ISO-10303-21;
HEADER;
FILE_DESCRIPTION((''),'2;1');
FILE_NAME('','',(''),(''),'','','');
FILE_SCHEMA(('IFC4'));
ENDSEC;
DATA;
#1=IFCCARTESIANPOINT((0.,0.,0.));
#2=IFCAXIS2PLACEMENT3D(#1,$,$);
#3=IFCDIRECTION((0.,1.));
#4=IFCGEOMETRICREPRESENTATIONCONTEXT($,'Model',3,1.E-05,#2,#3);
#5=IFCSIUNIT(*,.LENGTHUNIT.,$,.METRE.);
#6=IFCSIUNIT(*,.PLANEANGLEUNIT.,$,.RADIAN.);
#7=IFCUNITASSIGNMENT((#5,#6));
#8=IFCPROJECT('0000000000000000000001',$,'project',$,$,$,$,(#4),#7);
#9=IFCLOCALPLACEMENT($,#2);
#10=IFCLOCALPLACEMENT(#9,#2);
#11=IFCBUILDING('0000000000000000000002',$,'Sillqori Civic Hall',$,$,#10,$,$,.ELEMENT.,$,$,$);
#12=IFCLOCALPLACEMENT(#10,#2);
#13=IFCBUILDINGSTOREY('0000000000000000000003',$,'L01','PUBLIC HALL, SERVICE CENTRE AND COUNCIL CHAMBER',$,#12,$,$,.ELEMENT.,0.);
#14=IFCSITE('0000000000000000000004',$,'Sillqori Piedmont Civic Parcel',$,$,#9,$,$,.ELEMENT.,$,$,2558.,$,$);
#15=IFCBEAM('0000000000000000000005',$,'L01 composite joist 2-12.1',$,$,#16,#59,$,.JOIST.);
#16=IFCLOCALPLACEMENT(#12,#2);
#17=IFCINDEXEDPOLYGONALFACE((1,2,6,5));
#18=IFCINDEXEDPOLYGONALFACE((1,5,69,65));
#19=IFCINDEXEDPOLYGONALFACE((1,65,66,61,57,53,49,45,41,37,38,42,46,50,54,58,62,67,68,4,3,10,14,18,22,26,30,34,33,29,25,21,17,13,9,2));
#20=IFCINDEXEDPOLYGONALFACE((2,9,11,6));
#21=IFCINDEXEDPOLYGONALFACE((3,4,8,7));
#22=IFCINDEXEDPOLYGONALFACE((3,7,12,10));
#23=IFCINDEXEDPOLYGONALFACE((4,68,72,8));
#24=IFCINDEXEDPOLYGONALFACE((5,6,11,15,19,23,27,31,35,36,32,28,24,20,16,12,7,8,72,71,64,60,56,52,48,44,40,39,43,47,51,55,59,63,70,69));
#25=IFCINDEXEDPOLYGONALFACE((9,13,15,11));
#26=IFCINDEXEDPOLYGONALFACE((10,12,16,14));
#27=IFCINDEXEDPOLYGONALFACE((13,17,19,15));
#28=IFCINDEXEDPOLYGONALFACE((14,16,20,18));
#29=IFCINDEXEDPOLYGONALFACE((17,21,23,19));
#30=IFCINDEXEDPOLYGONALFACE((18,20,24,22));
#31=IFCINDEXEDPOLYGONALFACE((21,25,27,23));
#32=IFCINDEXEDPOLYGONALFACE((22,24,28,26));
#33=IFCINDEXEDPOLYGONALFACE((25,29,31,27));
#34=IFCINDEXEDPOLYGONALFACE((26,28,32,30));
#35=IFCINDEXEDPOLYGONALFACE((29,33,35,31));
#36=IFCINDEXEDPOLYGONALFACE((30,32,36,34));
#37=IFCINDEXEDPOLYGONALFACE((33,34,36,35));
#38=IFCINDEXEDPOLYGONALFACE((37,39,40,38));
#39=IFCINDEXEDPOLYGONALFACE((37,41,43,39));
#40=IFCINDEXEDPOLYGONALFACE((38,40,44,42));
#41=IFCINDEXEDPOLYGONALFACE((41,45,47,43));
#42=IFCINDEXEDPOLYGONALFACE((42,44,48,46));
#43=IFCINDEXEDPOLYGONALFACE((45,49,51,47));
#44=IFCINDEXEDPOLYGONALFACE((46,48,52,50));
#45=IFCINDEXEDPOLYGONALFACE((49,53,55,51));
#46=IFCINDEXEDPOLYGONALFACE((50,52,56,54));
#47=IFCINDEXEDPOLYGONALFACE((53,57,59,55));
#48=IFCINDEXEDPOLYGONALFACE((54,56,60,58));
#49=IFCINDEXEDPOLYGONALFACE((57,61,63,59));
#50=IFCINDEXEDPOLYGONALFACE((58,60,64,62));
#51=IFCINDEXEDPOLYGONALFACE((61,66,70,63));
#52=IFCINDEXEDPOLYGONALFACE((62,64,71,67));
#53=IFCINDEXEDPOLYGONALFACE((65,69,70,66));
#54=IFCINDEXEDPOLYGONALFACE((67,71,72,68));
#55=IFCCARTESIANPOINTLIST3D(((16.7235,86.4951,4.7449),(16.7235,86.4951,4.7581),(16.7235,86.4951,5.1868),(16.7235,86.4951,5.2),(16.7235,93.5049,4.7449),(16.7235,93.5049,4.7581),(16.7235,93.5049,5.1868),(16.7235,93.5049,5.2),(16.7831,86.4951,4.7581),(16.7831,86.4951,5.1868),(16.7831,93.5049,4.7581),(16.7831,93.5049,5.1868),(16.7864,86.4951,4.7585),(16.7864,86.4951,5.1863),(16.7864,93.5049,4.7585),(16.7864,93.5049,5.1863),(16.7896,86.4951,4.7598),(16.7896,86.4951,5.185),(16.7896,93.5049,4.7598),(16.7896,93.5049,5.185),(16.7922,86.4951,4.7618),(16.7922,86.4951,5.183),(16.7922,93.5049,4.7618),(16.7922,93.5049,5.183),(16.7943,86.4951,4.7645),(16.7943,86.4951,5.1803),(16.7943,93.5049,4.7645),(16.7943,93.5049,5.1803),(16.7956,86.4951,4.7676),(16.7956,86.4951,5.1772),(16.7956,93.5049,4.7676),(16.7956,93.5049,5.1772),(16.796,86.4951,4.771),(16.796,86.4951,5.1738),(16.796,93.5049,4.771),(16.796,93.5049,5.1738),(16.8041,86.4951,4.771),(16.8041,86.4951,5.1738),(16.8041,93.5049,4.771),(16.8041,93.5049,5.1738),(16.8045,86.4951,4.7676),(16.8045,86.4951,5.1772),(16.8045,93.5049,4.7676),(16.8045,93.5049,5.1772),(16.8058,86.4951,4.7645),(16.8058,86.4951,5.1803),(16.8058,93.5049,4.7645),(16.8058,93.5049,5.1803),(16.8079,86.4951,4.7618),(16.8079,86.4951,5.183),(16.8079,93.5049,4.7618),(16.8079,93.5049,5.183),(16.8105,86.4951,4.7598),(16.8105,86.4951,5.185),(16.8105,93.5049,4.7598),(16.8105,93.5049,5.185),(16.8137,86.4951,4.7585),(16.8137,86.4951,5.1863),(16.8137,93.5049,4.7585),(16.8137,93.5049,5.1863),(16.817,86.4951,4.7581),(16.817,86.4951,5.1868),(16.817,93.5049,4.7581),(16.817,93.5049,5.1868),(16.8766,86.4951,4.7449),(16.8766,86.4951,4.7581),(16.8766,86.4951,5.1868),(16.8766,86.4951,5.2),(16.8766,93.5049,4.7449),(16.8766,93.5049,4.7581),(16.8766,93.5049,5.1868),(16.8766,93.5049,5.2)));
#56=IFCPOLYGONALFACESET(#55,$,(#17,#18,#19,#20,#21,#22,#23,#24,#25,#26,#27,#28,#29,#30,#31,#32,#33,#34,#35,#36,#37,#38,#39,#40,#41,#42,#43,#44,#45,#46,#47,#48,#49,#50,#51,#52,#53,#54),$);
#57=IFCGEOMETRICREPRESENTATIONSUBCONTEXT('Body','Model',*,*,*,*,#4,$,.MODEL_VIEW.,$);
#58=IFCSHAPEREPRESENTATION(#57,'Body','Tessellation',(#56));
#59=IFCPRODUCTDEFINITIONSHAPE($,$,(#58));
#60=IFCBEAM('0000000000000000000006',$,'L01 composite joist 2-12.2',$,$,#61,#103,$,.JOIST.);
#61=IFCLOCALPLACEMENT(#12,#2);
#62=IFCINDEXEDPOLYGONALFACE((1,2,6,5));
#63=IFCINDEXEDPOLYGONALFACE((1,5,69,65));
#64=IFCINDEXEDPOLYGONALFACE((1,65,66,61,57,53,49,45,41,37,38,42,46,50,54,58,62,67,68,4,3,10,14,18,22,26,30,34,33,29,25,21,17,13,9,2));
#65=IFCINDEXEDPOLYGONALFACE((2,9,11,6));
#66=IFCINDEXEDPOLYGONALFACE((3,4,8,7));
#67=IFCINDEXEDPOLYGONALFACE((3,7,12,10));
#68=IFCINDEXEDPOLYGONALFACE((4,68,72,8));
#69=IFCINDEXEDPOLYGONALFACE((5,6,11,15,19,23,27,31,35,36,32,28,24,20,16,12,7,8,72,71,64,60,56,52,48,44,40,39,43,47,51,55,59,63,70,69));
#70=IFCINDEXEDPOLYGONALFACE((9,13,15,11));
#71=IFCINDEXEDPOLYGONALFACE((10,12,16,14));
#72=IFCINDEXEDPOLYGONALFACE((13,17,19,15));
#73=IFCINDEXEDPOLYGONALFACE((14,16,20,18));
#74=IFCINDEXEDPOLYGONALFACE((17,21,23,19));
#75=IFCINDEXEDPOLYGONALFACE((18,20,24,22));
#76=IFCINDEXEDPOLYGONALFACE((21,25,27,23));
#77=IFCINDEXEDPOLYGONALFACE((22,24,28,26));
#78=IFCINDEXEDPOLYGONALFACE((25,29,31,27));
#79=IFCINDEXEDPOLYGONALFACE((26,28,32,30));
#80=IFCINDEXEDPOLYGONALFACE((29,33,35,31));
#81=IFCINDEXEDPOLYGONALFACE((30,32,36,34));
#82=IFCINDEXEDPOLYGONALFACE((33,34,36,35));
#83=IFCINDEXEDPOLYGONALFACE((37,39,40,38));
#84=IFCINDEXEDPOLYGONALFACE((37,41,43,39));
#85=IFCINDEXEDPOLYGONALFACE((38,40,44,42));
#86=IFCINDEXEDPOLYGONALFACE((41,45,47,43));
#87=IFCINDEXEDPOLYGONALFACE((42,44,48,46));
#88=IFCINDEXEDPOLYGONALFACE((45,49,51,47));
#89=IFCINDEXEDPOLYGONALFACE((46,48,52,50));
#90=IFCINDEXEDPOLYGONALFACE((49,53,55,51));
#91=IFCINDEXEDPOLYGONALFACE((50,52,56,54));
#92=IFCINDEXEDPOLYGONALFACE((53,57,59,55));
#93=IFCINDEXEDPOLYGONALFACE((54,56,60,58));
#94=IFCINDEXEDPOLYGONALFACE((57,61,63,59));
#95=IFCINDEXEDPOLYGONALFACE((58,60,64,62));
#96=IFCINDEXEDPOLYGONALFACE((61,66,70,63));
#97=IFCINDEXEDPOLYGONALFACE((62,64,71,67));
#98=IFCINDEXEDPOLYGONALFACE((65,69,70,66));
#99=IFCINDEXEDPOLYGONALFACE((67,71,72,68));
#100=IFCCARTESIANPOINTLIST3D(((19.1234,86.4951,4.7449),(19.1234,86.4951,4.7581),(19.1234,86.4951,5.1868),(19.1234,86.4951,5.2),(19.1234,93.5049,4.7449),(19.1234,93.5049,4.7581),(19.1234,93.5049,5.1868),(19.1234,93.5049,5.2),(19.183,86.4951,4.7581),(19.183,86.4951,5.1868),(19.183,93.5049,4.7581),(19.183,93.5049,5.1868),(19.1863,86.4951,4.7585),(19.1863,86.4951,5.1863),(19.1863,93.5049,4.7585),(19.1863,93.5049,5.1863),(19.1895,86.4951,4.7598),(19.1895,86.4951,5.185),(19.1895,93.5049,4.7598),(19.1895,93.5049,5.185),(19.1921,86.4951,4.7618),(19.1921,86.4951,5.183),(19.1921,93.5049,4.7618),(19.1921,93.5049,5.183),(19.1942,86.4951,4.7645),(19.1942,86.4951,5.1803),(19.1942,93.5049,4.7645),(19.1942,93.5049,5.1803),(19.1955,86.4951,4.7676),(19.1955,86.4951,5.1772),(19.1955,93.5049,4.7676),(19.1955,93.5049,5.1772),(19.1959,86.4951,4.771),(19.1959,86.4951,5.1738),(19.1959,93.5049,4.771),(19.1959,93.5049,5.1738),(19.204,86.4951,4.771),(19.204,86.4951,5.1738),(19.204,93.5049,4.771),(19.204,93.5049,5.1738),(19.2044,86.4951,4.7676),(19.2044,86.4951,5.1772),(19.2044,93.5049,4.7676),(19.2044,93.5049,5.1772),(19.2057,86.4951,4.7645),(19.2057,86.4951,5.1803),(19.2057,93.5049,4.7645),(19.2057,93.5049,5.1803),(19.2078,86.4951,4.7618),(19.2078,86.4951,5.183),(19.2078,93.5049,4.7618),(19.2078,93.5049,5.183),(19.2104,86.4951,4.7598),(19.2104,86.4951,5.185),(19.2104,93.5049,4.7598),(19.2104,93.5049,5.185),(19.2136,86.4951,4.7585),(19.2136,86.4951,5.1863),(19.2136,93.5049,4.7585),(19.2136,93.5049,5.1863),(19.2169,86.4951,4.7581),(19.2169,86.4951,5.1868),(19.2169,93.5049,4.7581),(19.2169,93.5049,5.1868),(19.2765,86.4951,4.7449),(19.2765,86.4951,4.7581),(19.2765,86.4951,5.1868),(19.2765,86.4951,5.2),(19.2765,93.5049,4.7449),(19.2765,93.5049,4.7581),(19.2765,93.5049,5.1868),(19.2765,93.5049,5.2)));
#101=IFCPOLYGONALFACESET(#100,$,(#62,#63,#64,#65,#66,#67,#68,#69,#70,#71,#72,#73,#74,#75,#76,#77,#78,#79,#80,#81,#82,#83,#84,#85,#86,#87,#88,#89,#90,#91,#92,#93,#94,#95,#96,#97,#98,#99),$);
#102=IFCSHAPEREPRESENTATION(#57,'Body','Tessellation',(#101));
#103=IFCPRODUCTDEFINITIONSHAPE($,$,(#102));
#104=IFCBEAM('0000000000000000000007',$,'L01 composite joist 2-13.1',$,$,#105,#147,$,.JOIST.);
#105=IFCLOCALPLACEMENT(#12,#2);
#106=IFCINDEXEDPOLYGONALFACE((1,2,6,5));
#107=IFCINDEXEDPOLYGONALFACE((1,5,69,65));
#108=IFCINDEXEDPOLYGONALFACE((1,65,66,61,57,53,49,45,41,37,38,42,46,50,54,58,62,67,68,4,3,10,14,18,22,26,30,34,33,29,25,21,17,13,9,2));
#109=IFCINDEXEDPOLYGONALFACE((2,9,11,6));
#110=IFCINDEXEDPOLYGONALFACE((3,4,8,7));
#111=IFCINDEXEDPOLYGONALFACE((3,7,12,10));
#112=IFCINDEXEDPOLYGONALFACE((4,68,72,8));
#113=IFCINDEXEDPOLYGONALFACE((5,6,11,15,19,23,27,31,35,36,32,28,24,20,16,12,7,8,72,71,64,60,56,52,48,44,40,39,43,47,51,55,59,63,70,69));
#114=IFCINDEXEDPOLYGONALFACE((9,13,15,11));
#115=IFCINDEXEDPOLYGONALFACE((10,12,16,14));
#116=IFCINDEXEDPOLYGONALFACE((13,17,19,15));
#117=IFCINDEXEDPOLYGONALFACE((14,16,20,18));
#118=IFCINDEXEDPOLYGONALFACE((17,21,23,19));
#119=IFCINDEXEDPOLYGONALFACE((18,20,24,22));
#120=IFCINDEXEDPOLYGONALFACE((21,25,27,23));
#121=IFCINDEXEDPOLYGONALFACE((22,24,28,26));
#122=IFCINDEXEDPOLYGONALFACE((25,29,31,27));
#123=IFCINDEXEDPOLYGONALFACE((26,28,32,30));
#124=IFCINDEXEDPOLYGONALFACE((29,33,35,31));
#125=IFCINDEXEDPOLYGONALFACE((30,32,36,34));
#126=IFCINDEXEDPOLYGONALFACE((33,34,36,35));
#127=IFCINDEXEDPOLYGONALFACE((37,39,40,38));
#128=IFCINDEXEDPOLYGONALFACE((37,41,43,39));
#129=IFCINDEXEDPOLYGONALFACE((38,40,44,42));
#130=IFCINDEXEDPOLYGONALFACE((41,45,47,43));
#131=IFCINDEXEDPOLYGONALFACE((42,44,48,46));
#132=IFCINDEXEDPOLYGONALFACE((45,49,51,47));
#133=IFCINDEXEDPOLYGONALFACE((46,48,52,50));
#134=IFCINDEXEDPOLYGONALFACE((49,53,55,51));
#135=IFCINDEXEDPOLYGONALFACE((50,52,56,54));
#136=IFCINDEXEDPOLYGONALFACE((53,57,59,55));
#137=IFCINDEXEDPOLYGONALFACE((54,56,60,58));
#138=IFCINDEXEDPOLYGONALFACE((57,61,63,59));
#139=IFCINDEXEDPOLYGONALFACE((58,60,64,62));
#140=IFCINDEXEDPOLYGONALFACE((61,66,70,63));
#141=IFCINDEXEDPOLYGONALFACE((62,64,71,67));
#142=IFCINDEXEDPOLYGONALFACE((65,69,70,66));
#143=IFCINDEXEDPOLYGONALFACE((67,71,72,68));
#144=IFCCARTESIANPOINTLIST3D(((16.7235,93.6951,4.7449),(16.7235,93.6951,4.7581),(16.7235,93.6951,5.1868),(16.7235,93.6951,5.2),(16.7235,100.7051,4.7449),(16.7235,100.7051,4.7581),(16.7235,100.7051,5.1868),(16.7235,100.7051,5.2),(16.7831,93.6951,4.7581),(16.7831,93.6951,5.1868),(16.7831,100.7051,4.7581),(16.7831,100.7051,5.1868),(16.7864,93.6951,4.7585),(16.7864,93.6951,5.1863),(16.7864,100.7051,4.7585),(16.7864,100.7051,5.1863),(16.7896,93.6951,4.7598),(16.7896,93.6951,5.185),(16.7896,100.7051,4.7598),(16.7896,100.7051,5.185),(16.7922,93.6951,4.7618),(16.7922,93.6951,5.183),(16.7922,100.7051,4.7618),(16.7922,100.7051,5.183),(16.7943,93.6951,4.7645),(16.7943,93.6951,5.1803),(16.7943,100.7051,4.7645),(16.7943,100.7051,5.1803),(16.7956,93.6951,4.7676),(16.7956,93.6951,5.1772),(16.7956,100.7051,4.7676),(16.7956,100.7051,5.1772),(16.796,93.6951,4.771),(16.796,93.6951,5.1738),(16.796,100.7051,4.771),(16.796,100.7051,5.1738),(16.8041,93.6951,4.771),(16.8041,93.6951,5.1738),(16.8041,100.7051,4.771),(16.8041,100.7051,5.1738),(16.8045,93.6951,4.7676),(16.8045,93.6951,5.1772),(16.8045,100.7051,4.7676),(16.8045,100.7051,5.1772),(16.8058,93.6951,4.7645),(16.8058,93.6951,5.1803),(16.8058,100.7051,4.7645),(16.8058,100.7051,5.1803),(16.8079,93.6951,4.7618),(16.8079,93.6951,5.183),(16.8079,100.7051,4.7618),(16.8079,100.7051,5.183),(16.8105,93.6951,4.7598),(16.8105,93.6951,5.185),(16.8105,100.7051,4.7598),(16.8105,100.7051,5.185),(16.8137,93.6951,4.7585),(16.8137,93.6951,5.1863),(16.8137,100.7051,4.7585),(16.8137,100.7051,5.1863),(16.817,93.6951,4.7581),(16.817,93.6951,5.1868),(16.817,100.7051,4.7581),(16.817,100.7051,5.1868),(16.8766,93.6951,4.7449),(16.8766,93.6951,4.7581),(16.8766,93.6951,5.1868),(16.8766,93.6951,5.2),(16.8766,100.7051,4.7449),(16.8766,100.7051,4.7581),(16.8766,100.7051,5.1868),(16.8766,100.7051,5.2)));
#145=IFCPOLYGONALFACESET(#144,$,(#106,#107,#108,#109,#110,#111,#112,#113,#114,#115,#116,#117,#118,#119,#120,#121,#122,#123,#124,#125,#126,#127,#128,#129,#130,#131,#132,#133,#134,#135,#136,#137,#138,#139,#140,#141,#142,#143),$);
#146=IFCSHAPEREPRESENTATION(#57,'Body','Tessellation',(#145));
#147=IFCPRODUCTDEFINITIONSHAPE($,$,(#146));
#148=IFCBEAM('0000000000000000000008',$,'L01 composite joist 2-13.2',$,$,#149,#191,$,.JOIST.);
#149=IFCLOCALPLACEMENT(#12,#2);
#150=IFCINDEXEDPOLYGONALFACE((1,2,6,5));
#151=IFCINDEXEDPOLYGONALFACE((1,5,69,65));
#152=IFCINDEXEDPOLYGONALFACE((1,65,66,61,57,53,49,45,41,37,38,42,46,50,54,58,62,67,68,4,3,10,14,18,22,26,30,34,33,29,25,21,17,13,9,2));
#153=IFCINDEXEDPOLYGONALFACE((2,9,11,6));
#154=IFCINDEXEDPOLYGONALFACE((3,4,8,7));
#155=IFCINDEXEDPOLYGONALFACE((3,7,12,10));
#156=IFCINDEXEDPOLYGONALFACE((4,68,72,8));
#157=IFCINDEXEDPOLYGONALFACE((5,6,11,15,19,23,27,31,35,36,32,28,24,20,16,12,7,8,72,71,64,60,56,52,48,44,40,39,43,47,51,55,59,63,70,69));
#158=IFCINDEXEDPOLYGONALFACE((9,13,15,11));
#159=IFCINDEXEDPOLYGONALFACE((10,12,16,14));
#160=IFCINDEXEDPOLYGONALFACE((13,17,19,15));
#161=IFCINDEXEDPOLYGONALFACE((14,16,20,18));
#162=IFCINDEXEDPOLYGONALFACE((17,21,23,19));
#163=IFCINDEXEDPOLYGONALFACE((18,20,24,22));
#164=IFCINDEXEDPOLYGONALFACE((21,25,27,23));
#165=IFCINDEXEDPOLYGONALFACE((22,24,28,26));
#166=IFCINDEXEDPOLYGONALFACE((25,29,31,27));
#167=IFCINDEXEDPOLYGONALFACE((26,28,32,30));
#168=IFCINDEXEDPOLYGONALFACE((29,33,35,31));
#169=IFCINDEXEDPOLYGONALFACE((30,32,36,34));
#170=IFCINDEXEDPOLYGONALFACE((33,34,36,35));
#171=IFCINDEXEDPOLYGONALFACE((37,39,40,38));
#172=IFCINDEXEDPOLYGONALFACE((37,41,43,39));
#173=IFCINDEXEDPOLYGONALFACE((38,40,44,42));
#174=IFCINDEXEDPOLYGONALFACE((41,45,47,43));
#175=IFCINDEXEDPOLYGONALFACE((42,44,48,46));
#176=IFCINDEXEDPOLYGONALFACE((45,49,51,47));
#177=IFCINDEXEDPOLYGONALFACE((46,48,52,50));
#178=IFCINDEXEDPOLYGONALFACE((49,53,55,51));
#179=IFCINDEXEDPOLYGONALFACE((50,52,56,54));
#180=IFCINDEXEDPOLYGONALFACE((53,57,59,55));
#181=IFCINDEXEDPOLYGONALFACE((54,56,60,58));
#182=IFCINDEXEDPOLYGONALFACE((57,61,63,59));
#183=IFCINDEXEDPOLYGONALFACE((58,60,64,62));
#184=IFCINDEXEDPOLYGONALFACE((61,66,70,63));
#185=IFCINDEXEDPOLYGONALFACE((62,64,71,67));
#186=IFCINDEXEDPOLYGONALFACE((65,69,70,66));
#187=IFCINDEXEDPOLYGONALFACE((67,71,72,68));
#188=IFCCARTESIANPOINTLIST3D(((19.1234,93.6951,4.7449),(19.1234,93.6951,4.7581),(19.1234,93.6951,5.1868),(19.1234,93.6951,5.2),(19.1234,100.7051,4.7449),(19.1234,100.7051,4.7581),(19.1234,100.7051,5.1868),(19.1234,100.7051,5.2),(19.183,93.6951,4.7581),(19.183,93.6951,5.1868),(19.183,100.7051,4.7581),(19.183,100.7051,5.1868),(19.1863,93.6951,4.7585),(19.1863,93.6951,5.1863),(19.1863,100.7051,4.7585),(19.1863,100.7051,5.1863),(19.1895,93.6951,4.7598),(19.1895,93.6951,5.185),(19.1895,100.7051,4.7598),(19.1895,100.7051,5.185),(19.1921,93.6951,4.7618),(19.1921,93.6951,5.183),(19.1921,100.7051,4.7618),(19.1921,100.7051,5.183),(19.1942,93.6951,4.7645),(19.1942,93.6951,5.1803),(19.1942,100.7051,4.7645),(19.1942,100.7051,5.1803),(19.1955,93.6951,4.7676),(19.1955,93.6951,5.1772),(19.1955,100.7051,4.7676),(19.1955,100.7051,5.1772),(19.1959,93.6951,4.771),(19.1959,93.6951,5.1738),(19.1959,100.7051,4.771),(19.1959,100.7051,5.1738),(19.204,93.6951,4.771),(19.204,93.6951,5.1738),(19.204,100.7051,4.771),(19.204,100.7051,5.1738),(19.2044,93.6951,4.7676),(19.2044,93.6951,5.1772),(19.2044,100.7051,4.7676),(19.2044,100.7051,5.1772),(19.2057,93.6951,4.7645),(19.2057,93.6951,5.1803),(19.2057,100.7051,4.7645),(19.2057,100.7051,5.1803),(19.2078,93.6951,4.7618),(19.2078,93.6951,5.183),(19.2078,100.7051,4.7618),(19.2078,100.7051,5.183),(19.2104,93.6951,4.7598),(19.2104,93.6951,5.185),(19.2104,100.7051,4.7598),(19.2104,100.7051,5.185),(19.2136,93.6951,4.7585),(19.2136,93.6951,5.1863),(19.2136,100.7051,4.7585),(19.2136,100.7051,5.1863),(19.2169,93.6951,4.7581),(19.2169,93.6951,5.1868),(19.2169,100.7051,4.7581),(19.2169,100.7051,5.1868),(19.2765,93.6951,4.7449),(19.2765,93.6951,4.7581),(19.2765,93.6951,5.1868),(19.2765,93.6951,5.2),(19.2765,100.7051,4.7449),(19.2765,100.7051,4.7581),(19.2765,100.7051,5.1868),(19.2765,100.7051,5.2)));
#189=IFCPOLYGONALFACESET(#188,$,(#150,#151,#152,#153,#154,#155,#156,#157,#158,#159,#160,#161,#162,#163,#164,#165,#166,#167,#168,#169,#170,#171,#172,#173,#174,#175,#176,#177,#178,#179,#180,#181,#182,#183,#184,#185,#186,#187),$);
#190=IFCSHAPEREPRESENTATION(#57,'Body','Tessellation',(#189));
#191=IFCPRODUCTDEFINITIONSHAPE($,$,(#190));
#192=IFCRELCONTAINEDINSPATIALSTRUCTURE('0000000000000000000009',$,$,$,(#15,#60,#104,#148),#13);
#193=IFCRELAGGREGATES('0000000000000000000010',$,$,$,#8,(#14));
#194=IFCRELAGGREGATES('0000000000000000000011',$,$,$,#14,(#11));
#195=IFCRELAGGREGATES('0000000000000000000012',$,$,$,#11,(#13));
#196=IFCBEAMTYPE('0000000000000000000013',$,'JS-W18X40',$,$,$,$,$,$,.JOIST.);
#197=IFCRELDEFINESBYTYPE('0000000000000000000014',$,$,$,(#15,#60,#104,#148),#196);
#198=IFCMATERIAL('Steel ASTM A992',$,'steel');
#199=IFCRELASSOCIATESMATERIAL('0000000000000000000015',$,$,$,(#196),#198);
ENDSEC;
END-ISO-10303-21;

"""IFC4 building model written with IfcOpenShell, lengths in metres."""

from ifc_helpers import new_model, si_unit, direction, frame, origin, origin_2d, place, context, subcontext, project, spatial, i_section, extrude, material, material_profile, profile_set, type_object, element, save


model = new_model("IFC4")

# Units and contexts
model_context = context("Model", 3, precision=1e-05, world=origin(), true_north=direction((0.0, 1.0)))
body_context = subcontext(model_context, "Body", "Model", "MODEL_VIEW")
ifc_project = project(units=[si_unit("LENGTHUNIT", "METRE"), si_unit("PLANEANGLEUNIT", "RADIAN")], contexts=[model_context])

# Site, building, storey
site_placement = place(None, origin())
site = spatial("IfcSite", under=ifc_project, at=site_placement, Name="Sillqori Piedmont Civic Parcel", CompositionType="ELEMENT", RefElevation=2558.0)
building_placement = place(site_placement, origin())
building = spatial("IfcBuilding", under=site, at=building_placement, Name="Sillqori Civic Hall", CompositionType="ELEMENT")
storey_placement = place(building_placement, origin())
storey = spatial("IfcBuildingStorey", under=building, at=storey_placement, Name="L01", Description="PUBLIC HALL, SERVICE CENTRE AND COUNCIL CHAMBER", CompositionType="ELEMENT", Elevation=0.0)

# Shared definitions
ifc_material_1 = material(Name="Steel ASTM A992", Category="steel")

# Beams
ifc_material_profile_1 = material_profile(ifc_material_1, i_section(OverallWidth=0.1531, OverallDepth=0.4551, WebThickness=0.0081, FlangeThickness=0.0132, FilletRadius=0.0129, at=origin_2d()), Name="W18X40")
ifc_profile_set_1 = profile_set([ifc_material_profile_1], Name="Steel ASTM A992")
beam_type_1 = type_object("IfcBeamType", Name="JS-W18X40", PredefinedType="JOIST", material=ifc_profile_set_1)
for number, where, z_axis, x_axis, name in (
    (1, (16.8, 86.4951, 4.9724), (0.0, 1.0, 0.0), (-1.0, 0.0, 0.0), "L01 composite joist 2-12.1"),
    (2, (19.2, 86.4951, 4.9724), (0.0, 1.0, 0.0), (-1.0, 0.0, 0.0), "L01 composite joist 2-12.2"),
):
    element("IfcBeam", number, at=place(storey_placement, frame(where, z_axis=z_axis, x_axis=x_axis)), inside=storey, type_object=beam_type_1, Name=name, PredefinedType="JOIST", context=body_context, shape_type="SweptSolid", body=[
        extrude(i_section(OverallWidth=0.1531, OverallDepth=0.4551, WebThickness=0.0081, FlangeThickness=0.0132, FilletRadius=0.0129, at=origin_2d()), origin(), (0.0, 0.0, 1.0), 7.0098),
    ])
for number, where, z_axis, x_axis, name in (
    (3, (16.8, 93.6951, 4.9724), (0.0, 1.0, 0.0), (-1.0, 0.0, 0.0), "L01 composite joist 2-13.1"),
    (4, (19.2, 93.6951, 4.9724), (0.0, 1.0, 0.0), (-1.0, 0.0, 0.0), "L01 composite joist 2-13.2"),
):
    element("IfcBeam", number, at=place(storey_placement, frame(where, z_axis=z_axis, x_axis=x_axis)), inside=storey, type_object=beam_type_1, Name=name, PredefinedType="JOIST", context=body_context, shape_type="SweptSolid", body=[
        extrude(i_section(OverallWidth=0.1531, OverallDepth=0.4551, WebThickness=0.0081, FlangeThickness=0.0132, FilletRadius=0.0129, at=origin_2d()), origin(), (0.0, 0.0, 1.0), 7.01),
    ])

save(model, "model.ifc")
